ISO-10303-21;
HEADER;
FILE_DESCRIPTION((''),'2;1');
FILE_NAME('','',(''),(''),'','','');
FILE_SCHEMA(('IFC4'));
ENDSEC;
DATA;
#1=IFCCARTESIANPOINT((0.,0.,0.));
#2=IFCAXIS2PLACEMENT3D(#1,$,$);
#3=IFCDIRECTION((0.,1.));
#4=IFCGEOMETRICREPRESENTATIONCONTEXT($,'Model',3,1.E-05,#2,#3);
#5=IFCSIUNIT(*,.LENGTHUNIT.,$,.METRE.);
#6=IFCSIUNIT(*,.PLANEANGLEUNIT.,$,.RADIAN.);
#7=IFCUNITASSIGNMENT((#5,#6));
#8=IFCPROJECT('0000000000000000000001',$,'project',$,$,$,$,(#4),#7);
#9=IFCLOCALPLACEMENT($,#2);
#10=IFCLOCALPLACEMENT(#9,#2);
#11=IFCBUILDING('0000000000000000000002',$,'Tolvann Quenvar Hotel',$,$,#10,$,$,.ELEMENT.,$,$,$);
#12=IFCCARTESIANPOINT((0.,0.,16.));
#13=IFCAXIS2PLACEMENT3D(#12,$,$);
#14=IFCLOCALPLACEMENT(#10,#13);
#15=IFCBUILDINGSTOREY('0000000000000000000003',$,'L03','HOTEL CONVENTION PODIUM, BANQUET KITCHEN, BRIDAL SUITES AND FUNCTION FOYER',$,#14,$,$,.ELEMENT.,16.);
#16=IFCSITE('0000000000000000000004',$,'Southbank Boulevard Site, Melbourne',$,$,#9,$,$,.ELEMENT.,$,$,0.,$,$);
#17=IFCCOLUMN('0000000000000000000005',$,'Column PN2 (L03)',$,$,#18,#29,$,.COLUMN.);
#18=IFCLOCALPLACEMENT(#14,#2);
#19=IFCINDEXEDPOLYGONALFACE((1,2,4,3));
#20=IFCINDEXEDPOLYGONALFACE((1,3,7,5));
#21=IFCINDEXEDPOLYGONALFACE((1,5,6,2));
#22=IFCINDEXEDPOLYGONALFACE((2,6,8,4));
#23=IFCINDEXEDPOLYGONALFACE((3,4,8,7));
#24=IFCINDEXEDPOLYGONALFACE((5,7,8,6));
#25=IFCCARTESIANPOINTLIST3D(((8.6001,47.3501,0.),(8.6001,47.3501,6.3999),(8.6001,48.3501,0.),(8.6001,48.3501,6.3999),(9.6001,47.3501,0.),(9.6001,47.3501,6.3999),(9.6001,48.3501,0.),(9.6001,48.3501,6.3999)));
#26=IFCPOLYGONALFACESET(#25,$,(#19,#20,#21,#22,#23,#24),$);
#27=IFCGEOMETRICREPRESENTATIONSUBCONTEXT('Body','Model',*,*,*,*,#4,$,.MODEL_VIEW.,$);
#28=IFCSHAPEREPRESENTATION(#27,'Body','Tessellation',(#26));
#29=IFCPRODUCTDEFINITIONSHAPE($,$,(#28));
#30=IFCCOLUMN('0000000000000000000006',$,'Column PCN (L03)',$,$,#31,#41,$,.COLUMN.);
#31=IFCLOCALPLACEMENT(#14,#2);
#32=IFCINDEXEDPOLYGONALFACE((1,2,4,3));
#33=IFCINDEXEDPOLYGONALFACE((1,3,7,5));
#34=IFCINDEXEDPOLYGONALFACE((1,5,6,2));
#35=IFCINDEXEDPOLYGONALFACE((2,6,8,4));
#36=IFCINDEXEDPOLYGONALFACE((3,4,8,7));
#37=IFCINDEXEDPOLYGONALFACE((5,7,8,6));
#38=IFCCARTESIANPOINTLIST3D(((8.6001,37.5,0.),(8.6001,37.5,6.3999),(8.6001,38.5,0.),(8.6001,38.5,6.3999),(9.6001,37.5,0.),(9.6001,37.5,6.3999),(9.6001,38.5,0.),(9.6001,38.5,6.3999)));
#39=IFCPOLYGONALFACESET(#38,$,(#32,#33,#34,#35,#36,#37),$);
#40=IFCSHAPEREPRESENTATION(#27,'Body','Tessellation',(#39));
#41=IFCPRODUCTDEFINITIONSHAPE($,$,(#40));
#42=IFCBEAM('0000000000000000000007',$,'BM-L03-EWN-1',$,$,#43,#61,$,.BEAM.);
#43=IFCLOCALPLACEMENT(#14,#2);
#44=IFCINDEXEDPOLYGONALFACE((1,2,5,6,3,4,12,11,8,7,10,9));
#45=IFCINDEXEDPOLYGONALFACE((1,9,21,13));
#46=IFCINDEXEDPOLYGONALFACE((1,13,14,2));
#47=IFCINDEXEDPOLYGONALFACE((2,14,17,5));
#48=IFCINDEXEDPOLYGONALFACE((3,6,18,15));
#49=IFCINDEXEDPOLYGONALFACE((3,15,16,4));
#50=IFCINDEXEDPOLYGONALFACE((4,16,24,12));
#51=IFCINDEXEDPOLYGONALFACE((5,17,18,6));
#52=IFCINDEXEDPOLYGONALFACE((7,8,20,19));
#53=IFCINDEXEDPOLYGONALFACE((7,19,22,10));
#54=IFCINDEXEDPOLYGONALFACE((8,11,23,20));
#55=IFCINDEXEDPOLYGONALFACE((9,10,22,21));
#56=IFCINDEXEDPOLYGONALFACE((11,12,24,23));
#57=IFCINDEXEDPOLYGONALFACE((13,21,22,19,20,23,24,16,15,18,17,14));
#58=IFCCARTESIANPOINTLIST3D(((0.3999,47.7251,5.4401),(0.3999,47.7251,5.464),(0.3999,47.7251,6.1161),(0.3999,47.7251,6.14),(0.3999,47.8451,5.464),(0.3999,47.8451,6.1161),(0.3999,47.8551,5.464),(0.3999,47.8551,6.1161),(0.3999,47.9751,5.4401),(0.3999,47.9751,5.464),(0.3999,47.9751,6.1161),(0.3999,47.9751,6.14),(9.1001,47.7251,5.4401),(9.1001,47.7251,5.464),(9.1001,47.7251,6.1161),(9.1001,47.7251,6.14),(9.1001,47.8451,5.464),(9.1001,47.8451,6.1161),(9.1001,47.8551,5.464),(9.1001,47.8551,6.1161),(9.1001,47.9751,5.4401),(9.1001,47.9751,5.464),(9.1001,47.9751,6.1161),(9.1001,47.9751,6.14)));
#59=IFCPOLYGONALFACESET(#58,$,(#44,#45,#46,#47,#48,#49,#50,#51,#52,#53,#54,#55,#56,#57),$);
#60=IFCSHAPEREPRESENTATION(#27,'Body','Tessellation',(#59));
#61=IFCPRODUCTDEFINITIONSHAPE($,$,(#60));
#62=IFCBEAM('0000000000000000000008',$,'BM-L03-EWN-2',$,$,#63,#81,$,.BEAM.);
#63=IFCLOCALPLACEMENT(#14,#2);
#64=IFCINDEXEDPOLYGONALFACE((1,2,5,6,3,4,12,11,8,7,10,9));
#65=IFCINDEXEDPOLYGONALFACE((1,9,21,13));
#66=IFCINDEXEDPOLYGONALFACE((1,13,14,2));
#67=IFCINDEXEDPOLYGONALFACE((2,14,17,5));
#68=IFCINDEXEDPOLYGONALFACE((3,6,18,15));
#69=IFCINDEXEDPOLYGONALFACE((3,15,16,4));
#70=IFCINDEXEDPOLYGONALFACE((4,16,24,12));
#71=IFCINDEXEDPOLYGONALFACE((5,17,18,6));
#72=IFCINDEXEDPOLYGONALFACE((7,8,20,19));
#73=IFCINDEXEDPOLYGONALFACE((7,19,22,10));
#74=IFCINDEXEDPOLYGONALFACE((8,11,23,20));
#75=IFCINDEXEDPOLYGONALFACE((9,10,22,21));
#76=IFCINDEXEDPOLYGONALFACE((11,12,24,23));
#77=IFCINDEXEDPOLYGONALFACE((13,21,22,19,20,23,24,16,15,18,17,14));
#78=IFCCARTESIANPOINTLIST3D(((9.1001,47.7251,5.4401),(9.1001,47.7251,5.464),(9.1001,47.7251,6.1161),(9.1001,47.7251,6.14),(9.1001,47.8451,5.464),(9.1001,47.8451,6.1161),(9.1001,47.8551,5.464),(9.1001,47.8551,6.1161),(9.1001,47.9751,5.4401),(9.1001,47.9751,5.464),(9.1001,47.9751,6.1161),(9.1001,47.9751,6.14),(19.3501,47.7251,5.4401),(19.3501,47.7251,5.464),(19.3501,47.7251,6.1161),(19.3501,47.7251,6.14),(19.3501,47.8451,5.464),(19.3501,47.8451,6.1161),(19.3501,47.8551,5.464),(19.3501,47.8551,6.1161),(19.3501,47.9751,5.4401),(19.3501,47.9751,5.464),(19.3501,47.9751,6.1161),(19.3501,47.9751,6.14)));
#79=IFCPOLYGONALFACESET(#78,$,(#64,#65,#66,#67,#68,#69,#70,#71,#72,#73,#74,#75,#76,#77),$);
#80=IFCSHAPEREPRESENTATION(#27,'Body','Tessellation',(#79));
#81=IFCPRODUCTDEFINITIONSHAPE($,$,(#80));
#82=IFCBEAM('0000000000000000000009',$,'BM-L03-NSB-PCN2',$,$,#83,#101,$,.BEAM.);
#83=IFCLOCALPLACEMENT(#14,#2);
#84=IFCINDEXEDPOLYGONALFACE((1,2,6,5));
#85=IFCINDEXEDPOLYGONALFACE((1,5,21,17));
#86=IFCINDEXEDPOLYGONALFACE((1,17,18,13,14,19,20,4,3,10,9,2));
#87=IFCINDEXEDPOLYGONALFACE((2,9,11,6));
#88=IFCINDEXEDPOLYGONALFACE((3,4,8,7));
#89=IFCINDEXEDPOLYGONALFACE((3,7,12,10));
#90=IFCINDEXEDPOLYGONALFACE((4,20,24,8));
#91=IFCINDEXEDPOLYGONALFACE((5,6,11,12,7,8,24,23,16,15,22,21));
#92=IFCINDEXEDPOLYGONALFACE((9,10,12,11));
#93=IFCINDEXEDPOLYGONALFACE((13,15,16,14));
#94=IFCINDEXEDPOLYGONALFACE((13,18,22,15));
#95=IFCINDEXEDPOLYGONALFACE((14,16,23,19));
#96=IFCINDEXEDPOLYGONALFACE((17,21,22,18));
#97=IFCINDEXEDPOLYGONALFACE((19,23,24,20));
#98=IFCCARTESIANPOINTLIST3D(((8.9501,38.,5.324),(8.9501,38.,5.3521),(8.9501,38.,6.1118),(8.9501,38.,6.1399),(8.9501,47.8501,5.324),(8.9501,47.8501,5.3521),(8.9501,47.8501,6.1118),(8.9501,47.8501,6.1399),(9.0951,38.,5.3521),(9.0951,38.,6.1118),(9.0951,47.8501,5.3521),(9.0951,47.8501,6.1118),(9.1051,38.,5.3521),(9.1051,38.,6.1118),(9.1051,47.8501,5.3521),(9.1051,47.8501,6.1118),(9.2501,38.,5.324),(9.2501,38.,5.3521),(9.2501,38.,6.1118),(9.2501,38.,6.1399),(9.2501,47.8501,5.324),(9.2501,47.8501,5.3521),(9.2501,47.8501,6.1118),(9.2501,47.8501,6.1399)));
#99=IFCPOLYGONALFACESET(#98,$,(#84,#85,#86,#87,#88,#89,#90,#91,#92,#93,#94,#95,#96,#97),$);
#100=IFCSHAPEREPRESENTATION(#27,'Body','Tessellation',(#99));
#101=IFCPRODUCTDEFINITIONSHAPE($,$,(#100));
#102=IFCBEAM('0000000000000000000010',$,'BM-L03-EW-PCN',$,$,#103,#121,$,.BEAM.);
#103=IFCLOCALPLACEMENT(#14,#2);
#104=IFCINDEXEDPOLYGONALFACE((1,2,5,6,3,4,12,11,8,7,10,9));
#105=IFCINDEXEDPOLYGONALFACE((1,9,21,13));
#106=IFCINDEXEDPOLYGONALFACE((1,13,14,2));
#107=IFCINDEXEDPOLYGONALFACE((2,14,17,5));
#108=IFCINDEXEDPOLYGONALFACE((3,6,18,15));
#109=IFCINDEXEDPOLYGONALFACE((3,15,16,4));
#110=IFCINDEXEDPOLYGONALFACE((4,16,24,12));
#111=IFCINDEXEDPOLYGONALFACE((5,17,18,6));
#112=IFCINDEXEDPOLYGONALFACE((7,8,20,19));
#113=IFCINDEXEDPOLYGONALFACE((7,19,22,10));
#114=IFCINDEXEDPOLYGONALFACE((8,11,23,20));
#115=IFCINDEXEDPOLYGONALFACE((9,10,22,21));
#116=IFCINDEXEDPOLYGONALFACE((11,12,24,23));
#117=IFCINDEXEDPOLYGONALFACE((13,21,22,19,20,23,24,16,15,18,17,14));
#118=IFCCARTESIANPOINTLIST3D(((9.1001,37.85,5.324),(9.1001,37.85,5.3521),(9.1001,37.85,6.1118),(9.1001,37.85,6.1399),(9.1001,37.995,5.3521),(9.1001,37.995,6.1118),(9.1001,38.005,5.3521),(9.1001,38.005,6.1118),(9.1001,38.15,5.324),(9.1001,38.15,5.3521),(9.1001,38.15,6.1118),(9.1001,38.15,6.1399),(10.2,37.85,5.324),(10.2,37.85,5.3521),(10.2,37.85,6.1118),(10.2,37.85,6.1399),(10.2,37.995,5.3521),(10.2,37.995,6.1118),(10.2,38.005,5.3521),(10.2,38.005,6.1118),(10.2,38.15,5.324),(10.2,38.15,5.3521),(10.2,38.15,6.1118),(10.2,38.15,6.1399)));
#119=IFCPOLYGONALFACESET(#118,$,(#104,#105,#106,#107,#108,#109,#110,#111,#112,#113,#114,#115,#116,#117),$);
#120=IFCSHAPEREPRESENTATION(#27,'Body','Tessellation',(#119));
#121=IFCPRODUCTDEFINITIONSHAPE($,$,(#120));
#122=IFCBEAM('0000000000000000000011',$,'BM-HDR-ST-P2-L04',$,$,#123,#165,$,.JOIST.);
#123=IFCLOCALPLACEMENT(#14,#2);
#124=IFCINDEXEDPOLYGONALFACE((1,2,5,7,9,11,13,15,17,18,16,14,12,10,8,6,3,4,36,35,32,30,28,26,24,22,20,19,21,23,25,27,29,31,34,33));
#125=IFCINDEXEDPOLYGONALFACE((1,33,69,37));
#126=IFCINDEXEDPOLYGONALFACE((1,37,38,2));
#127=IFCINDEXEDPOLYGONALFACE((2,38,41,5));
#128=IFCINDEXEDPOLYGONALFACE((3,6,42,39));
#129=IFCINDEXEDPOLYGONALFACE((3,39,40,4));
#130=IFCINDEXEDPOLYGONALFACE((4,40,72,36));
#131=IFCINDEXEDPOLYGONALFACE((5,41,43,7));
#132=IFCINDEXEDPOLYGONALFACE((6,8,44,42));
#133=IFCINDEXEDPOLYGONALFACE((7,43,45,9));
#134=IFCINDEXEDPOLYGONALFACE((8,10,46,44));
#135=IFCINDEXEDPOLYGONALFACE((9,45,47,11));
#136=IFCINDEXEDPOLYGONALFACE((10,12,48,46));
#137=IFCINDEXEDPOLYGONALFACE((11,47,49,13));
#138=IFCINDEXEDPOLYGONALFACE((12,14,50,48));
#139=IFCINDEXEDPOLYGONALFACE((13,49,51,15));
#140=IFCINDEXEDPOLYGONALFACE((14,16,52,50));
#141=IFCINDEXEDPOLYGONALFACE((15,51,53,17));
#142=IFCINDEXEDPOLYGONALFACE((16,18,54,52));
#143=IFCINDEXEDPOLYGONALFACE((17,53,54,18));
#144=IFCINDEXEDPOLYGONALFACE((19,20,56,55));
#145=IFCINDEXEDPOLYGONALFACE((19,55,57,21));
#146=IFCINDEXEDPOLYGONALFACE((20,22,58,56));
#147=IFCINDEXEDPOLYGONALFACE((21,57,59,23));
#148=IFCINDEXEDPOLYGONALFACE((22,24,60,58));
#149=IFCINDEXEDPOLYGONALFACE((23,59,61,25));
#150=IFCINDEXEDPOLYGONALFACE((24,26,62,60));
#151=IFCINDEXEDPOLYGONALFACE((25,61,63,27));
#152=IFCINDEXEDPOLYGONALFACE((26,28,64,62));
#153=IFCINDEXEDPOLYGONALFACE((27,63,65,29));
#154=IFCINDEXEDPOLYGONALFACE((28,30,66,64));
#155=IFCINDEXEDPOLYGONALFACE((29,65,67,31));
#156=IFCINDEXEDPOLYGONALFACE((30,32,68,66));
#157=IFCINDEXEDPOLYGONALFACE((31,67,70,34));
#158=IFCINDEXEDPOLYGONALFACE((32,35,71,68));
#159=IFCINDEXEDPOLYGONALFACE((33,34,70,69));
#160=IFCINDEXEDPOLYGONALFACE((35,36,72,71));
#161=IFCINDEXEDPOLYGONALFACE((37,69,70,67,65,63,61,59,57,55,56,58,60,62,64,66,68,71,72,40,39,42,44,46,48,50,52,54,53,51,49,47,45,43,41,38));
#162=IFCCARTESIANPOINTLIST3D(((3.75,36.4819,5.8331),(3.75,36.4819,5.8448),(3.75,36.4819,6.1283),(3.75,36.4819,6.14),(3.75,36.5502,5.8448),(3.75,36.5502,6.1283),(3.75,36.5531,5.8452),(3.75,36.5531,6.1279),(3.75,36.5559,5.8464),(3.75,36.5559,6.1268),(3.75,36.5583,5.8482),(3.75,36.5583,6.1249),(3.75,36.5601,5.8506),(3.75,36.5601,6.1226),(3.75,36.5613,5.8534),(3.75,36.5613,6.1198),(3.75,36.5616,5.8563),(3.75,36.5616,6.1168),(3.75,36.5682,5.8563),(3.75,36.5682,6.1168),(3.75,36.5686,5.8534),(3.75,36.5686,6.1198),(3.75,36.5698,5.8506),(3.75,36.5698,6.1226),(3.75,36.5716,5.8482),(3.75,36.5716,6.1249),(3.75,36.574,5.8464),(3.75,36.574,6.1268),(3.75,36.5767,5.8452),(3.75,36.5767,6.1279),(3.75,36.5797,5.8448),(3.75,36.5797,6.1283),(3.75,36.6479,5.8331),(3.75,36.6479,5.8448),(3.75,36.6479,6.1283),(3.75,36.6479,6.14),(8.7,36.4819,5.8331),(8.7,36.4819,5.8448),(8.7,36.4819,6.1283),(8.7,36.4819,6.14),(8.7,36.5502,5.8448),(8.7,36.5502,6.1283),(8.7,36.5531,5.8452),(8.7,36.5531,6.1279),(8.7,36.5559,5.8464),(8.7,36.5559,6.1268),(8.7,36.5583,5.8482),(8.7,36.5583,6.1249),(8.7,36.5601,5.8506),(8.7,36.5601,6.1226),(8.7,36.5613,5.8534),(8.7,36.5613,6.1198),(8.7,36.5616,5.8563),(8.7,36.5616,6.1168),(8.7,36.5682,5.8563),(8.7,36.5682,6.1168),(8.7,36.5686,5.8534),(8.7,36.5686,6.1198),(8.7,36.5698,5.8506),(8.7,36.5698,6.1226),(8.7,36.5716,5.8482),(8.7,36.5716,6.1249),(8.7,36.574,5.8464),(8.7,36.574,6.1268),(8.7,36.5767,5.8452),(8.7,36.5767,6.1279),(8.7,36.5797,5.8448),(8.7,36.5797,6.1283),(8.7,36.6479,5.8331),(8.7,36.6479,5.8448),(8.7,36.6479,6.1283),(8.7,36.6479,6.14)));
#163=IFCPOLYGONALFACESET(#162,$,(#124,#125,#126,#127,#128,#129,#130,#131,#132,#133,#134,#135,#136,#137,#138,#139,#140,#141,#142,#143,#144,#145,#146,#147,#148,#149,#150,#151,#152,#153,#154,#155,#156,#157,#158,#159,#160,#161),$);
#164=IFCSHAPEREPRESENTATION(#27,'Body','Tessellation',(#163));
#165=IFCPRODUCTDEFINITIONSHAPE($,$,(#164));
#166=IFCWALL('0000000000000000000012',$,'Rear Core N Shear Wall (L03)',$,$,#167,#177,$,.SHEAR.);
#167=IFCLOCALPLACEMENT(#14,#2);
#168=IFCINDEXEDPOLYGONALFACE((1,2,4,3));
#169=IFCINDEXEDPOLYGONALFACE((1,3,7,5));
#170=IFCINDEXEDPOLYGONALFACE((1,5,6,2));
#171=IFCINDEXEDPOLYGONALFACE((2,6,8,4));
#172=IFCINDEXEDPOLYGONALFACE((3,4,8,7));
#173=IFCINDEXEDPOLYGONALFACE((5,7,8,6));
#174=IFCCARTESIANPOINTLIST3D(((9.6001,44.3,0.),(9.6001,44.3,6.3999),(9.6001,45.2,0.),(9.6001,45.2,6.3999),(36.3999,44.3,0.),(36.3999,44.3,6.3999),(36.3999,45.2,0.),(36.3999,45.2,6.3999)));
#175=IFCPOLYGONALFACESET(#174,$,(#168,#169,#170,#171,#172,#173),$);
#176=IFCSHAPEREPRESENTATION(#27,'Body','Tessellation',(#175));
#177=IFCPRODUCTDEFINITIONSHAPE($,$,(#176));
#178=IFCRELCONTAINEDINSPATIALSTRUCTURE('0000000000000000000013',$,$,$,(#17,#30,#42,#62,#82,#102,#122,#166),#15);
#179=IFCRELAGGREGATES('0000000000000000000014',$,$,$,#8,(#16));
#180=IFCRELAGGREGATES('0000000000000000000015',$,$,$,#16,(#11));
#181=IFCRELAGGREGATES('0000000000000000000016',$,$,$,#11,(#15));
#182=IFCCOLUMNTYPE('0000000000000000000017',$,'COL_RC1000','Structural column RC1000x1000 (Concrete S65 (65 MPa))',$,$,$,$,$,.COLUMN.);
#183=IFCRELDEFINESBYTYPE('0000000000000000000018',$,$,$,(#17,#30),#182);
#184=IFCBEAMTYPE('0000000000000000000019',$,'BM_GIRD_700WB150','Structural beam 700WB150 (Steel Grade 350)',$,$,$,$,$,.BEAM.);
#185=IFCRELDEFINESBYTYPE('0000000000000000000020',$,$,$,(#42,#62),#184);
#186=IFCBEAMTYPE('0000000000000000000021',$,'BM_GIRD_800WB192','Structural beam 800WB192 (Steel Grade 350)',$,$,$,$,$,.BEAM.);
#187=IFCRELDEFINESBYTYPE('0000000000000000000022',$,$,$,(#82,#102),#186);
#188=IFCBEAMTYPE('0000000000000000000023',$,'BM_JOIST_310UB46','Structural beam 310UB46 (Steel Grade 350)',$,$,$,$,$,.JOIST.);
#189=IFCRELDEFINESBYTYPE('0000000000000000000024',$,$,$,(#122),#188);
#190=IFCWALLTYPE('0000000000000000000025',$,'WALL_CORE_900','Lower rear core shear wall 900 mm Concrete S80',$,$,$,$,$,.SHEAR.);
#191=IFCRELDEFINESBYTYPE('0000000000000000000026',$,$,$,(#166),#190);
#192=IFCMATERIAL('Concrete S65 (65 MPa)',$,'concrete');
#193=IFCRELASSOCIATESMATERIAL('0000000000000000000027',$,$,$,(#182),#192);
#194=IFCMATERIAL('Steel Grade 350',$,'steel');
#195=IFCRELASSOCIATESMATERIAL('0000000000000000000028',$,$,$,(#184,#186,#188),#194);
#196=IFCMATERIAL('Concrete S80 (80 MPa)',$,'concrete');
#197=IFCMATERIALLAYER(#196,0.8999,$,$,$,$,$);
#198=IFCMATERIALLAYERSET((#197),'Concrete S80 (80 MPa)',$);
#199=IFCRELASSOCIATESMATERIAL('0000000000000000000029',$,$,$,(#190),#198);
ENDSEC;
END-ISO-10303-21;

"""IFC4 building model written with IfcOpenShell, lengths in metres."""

from ifc_helpers import new_model, si_unit, direction, frame, frame_2d, origin, origin_2d, place, context, subcontext, project, spatial, rectangle, i_section, extrude, source, transform, mapped, material, layer, layer_set, material_profile, profile_set, type_object, type_shapes, element, save


model = new_model("IFC4")

# Units and contexts
model_context = context("Model", 3, precision=1e-05, world=origin(), true_north=direction((0.0, 1.0)))
body_context = subcontext(model_context, "Body", "Model", "MODEL_VIEW")
ifc_project = project(units=[si_unit("LENGTHUNIT", "METRE"), si_unit("PLANEANGLEUNIT", "RADIAN")], contexts=[model_context])

# Site, building, storey
site_placement = place(None, origin())
site = spatial("IfcSite", under=ifc_project, at=site_placement, Name="Southbank Boulevard Site, Melbourne", CompositionType="ELEMENT", RefElevation=0.0)
building_placement = place(site_placement, origin())
building = spatial("IfcBuilding", under=site, at=building_placement, Name="Tolvann Quenvar Hotel", CompositionType="ELEMENT")
storey_placement = place(building_placement, frame((0.0, 0.0, 16.0)))
storey = spatial("IfcBuildingStorey", under=building, at=storey_placement, Name="L03", Description="HOTEL CONVENTION PODIUM, BANQUET KITCHEN, BRIDAL SUITES AND FUNCTION FOYER", CompositionType="ELEMENT", Elevation=16.0)

# Columns
ifc_material_1 = material(Name="Concrete S65 (65 MPa)", Category="concrete")
ifc_material_profile_1 = material_profile(ifc_material_1, rectangle(XDim=1.0, YDim=1.0, at=origin_2d()), Name="RC1000x1000")
ifc_profile_set_1 = profile_set([ifc_material_profile_1], Name="Concrete S65 (65 MPa)")
column_type = type_object("IfcColumnType", Name="COL_RC1000", Description="Structural column RC1000x1000 (Concrete S65 (65 MPa))", PredefinedType="COLUMN", material=ifc_profile_set_1)
shared_shape_1 = source(origin(), body_context, "Body", "SweptSolid", [
    extrude(rectangle(XDim=1.0, YDim=1.0, at=origin_2d()), origin(), (0.0, 0.0, 1.0), 6.3999),
])
type_shapes(column_type, [shared_shape_1])
for number, where, z_axis, x_axis, name in (
    (1, (9.1001, 47.8501, 0.0), (0.0, 0.0, 1.0), (1.0, 0.0, 0.0), "Column PN2 (L03)"),
    (2, (9.1001, 38.0, 0.0), (0.0, 0.0, 1.0), (1.0, 0.0, 0.0), "Column PCN (L03)"),
):
    element("IfcColumn", number, at=place(storey_placement, frame(where, z_axis=z_axis, x_axis=x_axis)), inside=storey, type_object=column_type, Name=name, PredefinedType="COLUMN", context=body_context, shape_type="MappedRepresentation", body=[
        mapped(shared_shape_1, transform((0.0, 0.0, 0.0), x_axis=(1.0, 0.0, 0.0), y_axis=(0.0, 1.0, 0.0), z_axis=(0.0, 0.0, 1.0), scale=1.0)),
    ])

# Beams
ifc_material_2 = material(Name="Steel Grade 350", Category="steel")
ifc_material_profile_2 = material_profile(ifc_material_2, i_section(OverallWidth=0.25, OverallDepth=0.7, WebThickness=0.01, FlangeThickness=0.0239, at=origin_2d()), Name="700WB150")
ifc_profile_set_2 = profile_set([ifc_material_profile_2], Name="Steel Grade 350")
beam_type_1 = type_object("IfcBeamType", Name="BM_GIRD_700WB150", Description="Structural beam 700WB150 (Steel Grade 350)", PredefinedType="BEAM", material=ifc_profile_set_2)
shared_shape_2 = source(origin(), body_context, "Body", "SweptSolid", [
    extrude(i_section(OverallWidth=0.25, OverallDepth=0.7, WebThickness=0.01, FlangeThickness=0.0239, at=origin_2d()), origin(), (0.0, 0.0, 1.0), 8.7002),
])
beam_1_placement = place(storey_placement, frame((0.3999, 47.8501, 5.79), z_axis=(1.0, 0.0, 0.0), x_axis=(0.0, 1.0, 0.0)))
element("IfcBeam", 3, at=beam_1_placement, inside=storey, type_object=beam_type_1, Name="BM-L03-EWN-1", PredefinedType="BEAM", context=body_context, shape_type="MappedRepresentation", body=[
    mapped(shared_shape_2, transform((0.0, 0.0, 0.0), x_axis=(1.0, 0.0, 0.0), y_axis=(0.0, 1.0, 0.0), z_axis=(0.0, 0.0, 1.0), scale=1.0)),
])
shared_shape_3 = source(origin(), body_context, "Body", "SweptSolid", [
    extrude(i_section(OverallWidth=0.25, OverallDepth=0.7, WebThickness=0.01, FlangeThickness=0.0239, at=origin_2d()), origin(), (0.0, 0.0, 1.0), 10.25),
])
type_shapes(beam_type_1, [shared_shape_2, shared_shape_3])
beam_2_placement = place(storey_placement, frame((9.1001, 47.8501, 5.79), z_axis=(1.0, 0.0, 0.0), x_axis=(0.0, 1.0, 0.0)))
element("IfcBeam", 4, at=beam_2_placement, inside=storey, type_object=beam_type_1, Name="BM-L03-EWN-2", PredefinedType="BEAM", context=body_context, shape_type="MappedRepresentation", body=[
    mapped(shared_shape_3, transform((0.0, 0.0, 0.0), x_axis=(1.0, 0.0, 0.0), y_axis=(0.0, 1.0, 0.0), z_axis=(0.0, 0.0, 1.0), scale=1.0)),
])
ifc_material_profile_3 = material_profile(ifc_material_2, i_section(OverallWidth=0.3, OverallDepth=0.8159, WebThickness=0.01, FlangeThickness=0.0281, at=origin_2d()), Name="800WB192")
ifc_profile_set_3 = profile_set([ifc_material_profile_3], Name="Steel Grade 350")
beam_type_2 = type_object("IfcBeamType", Name="BM_GIRD_800WB192", Description="Structural beam 800WB192 (Steel Grade 350)", PredefinedType="BEAM", material=ifc_profile_set_3)
shared_shape_4 = source(origin(), body_context, "Body", "SweptSolid", [
    extrude(i_section(OverallWidth=0.3, OverallDepth=0.8159, WebThickness=0.01, FlangeThickness=0.0281, at=origin_2d()), origin(), (0.0, 0.0, 1.0), 9.8501),
])
beam_3_placement = place(storey_placement, frame((9.1001, 38.0, 5.7319), z_axis=(0.0, 1.0, 0.0), x_axis=(-1.0, 0.0, 0.0)))
element("IfcBeam", 5, at=beam_3_placement, inside=storey, type_object=beam_type_2, Name="BM-L03-NSB-PCN2", PredefinedType="BEAM", context=body_context, shape_type="MappedRepresentation", body=[
    mapped(shared_shape_4, transform((0.0, 0.0, 0.0), x_axis=(1.0, 0.0, 0.0), y_axis=(0.0, 1.0, 0.0), z_axis=(0.0, 0.0, 1.0), scale=1.0)),
])
shared_shape_5 = source(origin(), body_context, "Body", "SweptSolid", [
    extrude(i_section(OverallWidth=0.3, OverallDepth=0.8159, WebThickness=0.01, FlangeThickness=0.0281, at=origin_2d()), origin(), (0.0, 0.0, 1.0), 1.0999),
])
type_shapes(beam_type_2, [shared_shape_4, shared_shape_5])
beam_4_placement = place(storey_placement, frame((9.1001, 38.0, 5.7319), z_axis=(1.0, 0.0, 0.0), x_axis=(0.0, 1.0, 0.0)))
element("IfcBeam", 6, at=beam_4_placement, inside=storey, type_object=beam_type_2, Name="BM-L03-EW-PCN", PredefinedType="BEAM", context=body_context, shape_type="MappedRepresentation", body=[
    mapped(shared_shape_5, transform((0.0, 0.0, 0.0), x_axis=(1.0, 0.0, 0.0), y_axis=(0.0, 1.0, 0.0), z_axis=(0.0, 0.0, 1.0), scale=1.0)),
])
ifc_material_profile_4 = material_profile(ifc_material_2, i_section(OverallWidth=0.166, OverallDepth=0.3069, WebThickness=0.0066, FlangeThickness=0.0117, FilletRadius=0.0115, at=origin_2d()), Name="310UB46")
ifc_profile_set_4 = profile_set([ifc_material_profile_4], Name="Steel Grade 350")
beam_type_3 = type_object("IfcBeamType", Name="BM_JOIST_310UB46", Description="Structural beam 310UB46 (Steel Grade 350)", PredefinedType="JOIST", material=ifc_profile_set_4)
shared_shape_6 = source(origin(), body_context, "Body", "SweptSolid", [
    extrude(i_section(OverallWidth=0.166, OverallDepth=0.3069, WebThickness=0.0066, FlangeThickness=0.0117, FilletRadius=0.0115, at=origin_2d()), origin(), (0.0, 0.0, 1.0), 4.95),
])
type_shapes(beam_type_3, [shared_shape_6])
beam_5_placement = place(storey_placement, frame((3.75, 36.5649, 5.9866), z_axis=(1.0, 0.0, 0.0), x_axis=(0.0, 1.0, 0.0)))
element("IfcBeam", 7, at=beam_5_placement, inside=storey, type_object=beam_type_3, Name="BM-HDR-ST-P2-L04", PredefinedType="JOIST", context=body_context, shape_type="MappedRepresentation", body=[
    mapped(shared_shape_6, transform((0.0, 0.0, 0.0), x_axis=(1.0, 0.0, 0.0), y_axis=(0.0, 1.0, 0.0), z_axis=(0.0, 0.0, 1.0), scale=1.0)),
])

# Wall
ifc_material_3 = material(Name="Concrete S80 (80 MPa)", Category="concrete")
ifc_layer_1 = layer(ifc_material_3, 0.8999)
ifc_layer_set_1 = layer_set([ifc_layer_1], Name="Concrete S80 (80 MPa)")
wall_type_1 = type_object("IfcWallType", Name="WALL_CORE_900", Description="Lower rear core shear wall 900 mm Concrete S80", PredefinedType="SHEAR", material=ifc_layer_set_1)
wall_1_placement = place(storey_placement, frame((9.6001, 44.75, 0.0), z_axis=(0.0, 0.0, 1.0), x_axis=(1.0, 0.0, 0.0)))
element("IfcWall", 8, at=wall_1_placement, inside=storey, type_object=wall_type_1, Name="Rear Core N Shear Wall (L03)", PredefinedType="SHEAR", context=body_context, shape_type="SweptSolid", body=[
    extrude(rectangle(XDim=26.7998, YDim=0.8999, at=frame_2d((13.3999, 0.0))), origin(), (0.0, 0.0, 1.0), 6.3999),
])

save(model, "model.ifc")
